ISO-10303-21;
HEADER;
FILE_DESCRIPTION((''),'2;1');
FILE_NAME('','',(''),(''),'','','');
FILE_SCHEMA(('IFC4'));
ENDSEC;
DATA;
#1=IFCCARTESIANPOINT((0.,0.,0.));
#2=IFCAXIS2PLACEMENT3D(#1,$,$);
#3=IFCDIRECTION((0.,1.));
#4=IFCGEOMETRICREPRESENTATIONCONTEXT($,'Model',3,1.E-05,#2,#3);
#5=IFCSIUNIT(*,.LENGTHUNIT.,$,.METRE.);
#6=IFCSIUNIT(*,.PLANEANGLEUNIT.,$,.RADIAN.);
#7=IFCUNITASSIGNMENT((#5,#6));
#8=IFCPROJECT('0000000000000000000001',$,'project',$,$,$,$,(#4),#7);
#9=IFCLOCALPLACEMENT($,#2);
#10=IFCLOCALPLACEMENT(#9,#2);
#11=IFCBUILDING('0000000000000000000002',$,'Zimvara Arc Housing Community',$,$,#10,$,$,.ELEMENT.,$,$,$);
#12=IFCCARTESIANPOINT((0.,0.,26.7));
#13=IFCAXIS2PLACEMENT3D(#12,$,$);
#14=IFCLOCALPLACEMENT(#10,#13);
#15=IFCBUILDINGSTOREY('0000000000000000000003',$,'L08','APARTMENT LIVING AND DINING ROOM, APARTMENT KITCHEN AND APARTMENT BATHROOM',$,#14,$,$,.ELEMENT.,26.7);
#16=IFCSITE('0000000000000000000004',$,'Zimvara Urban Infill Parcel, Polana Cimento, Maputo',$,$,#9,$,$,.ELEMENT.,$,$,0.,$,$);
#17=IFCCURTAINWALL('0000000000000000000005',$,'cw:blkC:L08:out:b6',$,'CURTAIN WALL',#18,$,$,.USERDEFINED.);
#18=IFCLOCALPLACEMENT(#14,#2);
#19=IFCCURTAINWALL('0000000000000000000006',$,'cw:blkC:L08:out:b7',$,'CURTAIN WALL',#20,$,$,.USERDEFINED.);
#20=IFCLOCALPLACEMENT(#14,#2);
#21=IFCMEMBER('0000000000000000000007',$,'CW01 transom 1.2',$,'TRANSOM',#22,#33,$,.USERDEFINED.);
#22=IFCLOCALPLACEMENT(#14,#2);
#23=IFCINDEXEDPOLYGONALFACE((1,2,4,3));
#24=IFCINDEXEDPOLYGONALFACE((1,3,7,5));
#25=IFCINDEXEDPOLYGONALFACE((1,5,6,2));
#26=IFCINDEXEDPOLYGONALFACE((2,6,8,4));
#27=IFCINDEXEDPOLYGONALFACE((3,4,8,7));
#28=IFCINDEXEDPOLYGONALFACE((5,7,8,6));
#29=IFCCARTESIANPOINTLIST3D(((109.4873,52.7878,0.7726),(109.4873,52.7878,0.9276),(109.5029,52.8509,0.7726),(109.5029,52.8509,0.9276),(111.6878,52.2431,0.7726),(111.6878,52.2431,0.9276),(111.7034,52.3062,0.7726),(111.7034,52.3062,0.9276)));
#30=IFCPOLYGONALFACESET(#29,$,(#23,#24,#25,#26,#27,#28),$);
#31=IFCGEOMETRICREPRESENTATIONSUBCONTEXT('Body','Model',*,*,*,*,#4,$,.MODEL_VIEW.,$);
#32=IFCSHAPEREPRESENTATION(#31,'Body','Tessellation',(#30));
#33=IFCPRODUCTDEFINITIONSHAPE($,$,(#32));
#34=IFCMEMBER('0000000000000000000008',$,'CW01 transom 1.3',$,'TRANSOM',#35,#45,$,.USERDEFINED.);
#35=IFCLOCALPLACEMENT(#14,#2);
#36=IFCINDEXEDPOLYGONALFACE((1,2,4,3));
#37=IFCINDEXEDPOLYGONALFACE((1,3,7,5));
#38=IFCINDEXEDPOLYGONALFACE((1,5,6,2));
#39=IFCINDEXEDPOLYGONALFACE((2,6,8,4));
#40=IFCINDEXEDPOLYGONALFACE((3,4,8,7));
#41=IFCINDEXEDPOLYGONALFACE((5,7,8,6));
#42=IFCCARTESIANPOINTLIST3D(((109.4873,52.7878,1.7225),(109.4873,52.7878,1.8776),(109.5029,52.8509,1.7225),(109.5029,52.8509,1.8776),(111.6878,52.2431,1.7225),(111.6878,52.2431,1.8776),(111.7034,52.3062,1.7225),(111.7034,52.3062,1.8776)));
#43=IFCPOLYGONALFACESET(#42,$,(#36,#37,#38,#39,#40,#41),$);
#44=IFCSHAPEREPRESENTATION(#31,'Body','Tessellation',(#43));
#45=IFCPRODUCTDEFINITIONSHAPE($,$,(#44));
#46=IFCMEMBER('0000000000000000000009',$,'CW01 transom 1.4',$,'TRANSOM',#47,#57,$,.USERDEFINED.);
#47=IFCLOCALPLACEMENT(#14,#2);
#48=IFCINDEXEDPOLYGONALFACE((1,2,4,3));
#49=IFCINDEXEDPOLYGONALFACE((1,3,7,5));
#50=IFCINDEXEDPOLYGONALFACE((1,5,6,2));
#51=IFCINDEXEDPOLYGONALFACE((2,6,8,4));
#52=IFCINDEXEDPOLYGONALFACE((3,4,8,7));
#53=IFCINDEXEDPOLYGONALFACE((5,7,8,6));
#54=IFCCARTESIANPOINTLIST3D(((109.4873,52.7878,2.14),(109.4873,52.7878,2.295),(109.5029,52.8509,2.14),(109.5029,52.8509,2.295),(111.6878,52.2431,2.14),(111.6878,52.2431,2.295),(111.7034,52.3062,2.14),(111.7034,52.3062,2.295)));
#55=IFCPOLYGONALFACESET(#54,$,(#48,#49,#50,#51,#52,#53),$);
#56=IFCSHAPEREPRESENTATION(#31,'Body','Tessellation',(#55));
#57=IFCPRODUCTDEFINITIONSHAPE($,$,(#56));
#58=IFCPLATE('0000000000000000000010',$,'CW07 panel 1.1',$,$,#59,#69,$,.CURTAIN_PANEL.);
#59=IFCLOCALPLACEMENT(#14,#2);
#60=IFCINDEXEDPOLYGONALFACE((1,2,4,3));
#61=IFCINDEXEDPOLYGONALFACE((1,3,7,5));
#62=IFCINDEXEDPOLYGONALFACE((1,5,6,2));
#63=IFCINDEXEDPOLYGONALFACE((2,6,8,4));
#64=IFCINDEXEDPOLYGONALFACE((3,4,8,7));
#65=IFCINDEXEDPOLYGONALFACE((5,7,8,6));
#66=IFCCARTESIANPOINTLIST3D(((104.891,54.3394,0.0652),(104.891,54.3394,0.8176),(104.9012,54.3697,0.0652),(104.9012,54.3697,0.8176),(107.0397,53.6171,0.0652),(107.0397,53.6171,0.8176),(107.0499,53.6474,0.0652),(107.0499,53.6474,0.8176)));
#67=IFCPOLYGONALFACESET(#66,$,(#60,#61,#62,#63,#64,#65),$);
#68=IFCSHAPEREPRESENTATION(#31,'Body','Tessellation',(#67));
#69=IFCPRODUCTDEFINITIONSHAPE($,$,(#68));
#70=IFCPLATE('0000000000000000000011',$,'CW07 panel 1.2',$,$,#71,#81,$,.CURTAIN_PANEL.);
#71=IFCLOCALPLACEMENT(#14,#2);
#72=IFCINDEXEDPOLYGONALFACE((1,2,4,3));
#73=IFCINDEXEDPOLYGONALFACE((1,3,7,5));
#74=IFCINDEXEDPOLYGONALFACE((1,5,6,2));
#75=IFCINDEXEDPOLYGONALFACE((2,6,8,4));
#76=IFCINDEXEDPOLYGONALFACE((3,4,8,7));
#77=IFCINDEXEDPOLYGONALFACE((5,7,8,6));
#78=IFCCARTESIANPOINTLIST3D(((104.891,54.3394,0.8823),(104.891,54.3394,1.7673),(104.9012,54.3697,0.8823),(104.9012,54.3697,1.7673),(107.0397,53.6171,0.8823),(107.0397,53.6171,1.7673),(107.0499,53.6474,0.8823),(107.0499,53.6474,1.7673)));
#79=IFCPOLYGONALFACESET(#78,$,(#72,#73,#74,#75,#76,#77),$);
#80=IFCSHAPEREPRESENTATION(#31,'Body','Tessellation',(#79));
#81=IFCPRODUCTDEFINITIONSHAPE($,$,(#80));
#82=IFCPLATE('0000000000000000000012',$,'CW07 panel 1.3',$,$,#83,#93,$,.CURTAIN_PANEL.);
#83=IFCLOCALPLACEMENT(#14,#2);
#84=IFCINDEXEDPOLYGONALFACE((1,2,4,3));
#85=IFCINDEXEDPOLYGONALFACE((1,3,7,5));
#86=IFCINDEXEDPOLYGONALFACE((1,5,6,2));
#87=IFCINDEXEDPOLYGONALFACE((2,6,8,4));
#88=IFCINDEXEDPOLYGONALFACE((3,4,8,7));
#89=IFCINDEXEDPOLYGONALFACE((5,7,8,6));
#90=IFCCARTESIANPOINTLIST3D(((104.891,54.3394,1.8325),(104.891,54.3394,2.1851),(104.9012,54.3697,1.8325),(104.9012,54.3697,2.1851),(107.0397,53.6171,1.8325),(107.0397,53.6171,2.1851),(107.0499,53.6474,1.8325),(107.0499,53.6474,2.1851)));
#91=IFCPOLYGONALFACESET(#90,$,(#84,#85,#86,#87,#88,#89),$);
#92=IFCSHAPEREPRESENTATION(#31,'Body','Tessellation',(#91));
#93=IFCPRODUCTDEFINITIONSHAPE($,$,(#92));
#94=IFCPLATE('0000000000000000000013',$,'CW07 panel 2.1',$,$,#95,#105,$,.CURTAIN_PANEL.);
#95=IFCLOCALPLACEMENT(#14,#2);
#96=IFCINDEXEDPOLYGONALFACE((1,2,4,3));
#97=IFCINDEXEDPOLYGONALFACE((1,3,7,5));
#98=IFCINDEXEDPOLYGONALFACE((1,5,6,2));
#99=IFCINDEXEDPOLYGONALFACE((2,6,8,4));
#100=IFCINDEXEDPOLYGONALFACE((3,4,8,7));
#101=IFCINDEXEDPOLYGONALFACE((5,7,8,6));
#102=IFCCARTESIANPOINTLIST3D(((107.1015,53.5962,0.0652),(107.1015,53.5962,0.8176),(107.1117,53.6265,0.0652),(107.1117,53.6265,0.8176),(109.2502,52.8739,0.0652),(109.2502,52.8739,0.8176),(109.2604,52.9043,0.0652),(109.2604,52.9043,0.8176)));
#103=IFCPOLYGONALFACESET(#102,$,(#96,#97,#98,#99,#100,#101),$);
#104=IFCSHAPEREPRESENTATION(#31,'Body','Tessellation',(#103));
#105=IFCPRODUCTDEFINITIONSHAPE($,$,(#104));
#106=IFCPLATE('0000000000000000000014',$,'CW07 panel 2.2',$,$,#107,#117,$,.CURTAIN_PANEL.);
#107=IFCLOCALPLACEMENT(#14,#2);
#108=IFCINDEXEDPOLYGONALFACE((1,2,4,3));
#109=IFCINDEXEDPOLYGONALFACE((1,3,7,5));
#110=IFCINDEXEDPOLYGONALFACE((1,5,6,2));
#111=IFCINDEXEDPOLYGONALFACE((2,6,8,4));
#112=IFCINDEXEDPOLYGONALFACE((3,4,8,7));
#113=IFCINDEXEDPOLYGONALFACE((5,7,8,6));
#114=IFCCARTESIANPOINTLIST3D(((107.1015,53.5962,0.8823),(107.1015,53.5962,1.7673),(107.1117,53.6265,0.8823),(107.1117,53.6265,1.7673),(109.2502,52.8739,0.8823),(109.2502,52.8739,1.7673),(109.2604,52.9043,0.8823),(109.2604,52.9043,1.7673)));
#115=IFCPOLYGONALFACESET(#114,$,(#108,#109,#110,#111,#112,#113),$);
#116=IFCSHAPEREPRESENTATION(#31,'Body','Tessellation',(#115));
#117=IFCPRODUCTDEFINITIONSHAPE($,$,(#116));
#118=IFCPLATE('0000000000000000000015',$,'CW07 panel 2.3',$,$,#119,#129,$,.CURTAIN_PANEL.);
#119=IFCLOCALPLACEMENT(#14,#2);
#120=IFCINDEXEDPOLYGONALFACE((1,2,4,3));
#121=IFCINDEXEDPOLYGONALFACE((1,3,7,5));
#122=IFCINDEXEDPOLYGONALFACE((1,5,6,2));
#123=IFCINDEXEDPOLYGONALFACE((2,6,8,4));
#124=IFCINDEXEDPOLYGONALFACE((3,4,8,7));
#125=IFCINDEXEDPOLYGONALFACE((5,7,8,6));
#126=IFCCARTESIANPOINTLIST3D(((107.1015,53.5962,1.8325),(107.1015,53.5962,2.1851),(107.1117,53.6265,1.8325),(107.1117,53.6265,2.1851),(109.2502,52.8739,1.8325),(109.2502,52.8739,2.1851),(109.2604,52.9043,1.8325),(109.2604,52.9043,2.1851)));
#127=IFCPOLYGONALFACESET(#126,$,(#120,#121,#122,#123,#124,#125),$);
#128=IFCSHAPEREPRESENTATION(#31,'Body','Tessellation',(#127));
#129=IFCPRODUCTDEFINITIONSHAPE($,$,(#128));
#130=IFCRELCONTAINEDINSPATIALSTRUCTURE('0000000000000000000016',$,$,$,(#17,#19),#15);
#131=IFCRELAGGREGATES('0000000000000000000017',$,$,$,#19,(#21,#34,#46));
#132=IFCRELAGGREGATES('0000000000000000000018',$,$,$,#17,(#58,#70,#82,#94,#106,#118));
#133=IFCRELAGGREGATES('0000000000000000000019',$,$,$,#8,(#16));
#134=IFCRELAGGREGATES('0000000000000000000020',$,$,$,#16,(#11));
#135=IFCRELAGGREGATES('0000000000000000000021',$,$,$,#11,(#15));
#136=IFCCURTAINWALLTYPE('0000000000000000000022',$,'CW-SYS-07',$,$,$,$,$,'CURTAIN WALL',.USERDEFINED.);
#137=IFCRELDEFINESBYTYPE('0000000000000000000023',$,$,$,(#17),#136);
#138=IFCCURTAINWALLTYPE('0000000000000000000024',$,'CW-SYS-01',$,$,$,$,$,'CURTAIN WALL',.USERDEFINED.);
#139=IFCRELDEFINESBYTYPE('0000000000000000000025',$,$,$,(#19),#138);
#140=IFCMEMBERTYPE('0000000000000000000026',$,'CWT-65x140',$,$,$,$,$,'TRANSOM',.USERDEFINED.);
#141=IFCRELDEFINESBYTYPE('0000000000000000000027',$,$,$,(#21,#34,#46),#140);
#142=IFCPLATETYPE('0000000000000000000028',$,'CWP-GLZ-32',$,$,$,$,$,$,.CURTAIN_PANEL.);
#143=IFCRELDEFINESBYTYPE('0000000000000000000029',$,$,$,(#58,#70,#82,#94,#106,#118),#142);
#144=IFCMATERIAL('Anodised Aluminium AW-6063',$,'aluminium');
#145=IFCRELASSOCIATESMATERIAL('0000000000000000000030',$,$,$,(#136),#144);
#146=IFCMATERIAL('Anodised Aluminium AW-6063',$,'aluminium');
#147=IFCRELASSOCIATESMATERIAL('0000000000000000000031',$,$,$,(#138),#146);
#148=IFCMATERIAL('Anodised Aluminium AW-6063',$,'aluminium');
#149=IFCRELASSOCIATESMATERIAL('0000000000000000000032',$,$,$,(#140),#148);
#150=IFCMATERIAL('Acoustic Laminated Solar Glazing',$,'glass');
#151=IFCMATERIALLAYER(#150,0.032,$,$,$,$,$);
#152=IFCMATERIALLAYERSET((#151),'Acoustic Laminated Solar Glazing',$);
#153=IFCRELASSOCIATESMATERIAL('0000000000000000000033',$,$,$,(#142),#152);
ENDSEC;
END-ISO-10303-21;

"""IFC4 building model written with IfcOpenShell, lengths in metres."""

from ifc_helpers import new_model, si_unit, direction, frame, origin, origin_2d, place, context, subcontext, project, spatial, rectangle, extrude, material, layer, layer_set, material_profile, profile_set, type_object, element, aggregate, save


model = new_model("IFC4")

# Units and contexts
model_context = context("Model", 3, precision=1e-05, world=origin(), true_north=direction((0.0, 1.0)))
body_context = subcontext(model_context, "Body", "Model", "MODEL_VIEW")
ifc_project = project(units=[si_unit("LENGTHUNIT", "METRE"), si_unit("PLANEANGLEUNIT", "RADIAN")], contexts=[model_context])

# Site, building, storey
site_placement = place(None, origin())
site = spatial("IfcSite", under=ifc_project, at=site_placement, Name="Zimvara Urban Infill Parcel, Polana Cimento, Maputo", CompositionType="ELEMENT", RefElevation=0.0)
building_placement = place(site_placement, origin())
building = spatial("IfcBuilding", under=site, at=building_placement, Name="Zimvara Arc Housing Community", CompositionType="ELEMENT")
storey_placement = place(building_placement, frame((0.0, 0.0, 26.7)))
storey = spatial("IfcBuildingStorey", under=building, at=storey_placement, Name="L08", Description="APARTMENT LIVING AND DINING ROOM, APARTMENT KITCHEN AND APARTMENT BATHROOM", CompositionType="ELEMENT", Elevation=26.7)

# Curtain wall
ifc_material_1 = material(Name="Anodised Aluminium AW-6063", Category="aluminium")
curtain_wall_type_1 = type_object("IfcCurtainWallType", Name="CW-SYS-07", ElementType="CURTAIN WALL", PredefinedType="USERDEFINED", material=ifc_material_1)
curtain_wall_1_placement = place(storey_placement, origin())
curtain_wall_1 = element("IfcCurtainWall", 1, at=curtain_wall_1_placement, inside=storey, type_object=curtain_wall_type_1, Name="cw:blkC:L08:out:b6", ObjectType="CURTAIN WALL", PredefinedType="USERDEFINED")

# Curtain wall
ifc_material_2 = material(Name="Anodised Aluminium AW-6063", Category="aluminium")
curtain_wall_type_2 = type_object("IfcCurtainWallType", Name="CW-SYS-01", ElementType="CURTAIN WALL", PredefinedType="USERDEFINED", material=ifc_material_2)
curtain_wall_2_placement = place(storey_placement, origin())
curtain_wall_2 = element("IfcCurtainWall", 2, at=curtain_wall_2_placement, inside=storey, type_object=curtain_wall_type_2, Name="cw:blkC:L08:out:b7", ObjectType="CURTAIN WALL", PredefinedType="USERDEFINED")

# Members
ifc_material_3 = material(Name="Anodised Aluminium AW-6063", Category="aluminium")
ifc_material_profile_1 = material_profile(ifc_material_3, rectangle(XDim=0.0649, YDim=0.155, at=origin_2d()), Name="ALU 65x155")
ifc_profile_set_1 = profile_set([ifc_material_profile_1], Name="Anodised Aluminium AW-6063")
member_type_1 = type_object("IfcMemberType", Name="CWT-65x140", ElementType="TRANSOM", PredefinedType="USERDEFINED", material=ifc_profile_set_1)
member_1_placement = place(storey_placement, frame((109.4951, 52.8193, 0.8501), z_axis=(0.970704, -0.24028, 0.0), x_axis=(0.24028, 0.970704, 0.0)))
member_1 = element("IfcMember", 3, at=member_1_placement, type_object=member_type_1, Name="CW01 transom 1.2", ObjectType="TRANSOM", PredefinedType="USERDEFINED", context=body_context, shape_type="SweptSolid", body=[
    extrude(rectangle(XDim=0.0649, YDim=0.155, at=origin_2d()), origin(), (0.0, 0.0, 1.0), 2.2668),
])
member_2_placement = place(storey_placement, frame((109.4951, 52.8193, 1.8), z_axis=(0.970704, -0.24028, 0.0), x_axis=(0.24028, 0.970704, 0.0)))
member_2 = element("IfcMember", 4, at=member_2_placement, type_object=member_type_1, Name="CW01 transom 1.3", ObjectType="TRANSOM", PredefinedType="USERDEFINED", context=body_context, shape_type="SweptSolid", body=[
    extrude(rectangle(XDim=0.0649, YDim=0.155, at=origin_2d()), origin(), (0.0, 0.0, 1.0), 2.2668),
])
member_3_placement = place(storey_placement, frame((109.4951, 52.8193, 2.2175), z_axis=(0.970704, -0.24028, 0.0), x_axis=(0.24028, 0.970704, 0.0)))
member_3 = element("IfcMember", 5, at=member_3_placement, type_object=member_type_1, Name="CW01 transom 1.4", ObjectType="TRANSOM", PredefinedType="USERDEFINED", context=body_context, shape_type="SweptSolid", body=[
    extrude(rectangle(XDim=0.0649, YDim=0.155, at=origin_2d()), origin(), (0.0, 0.0, 1.0), 2.2668),
])
aggregate(curtain_wall_2, [member_1, member_2, member_3])

# Plates
ifc_material_4 = material(Name="Acoustic Laminated Solar Glazing", Category="glass")
ifc_layer = layer(ifc_material_4, 0.032)
ifc_layer_set = layer_set([ifc_layer], Name="Acoustic Laminated Solar Glazing")
plate_type = type_object("IfcPlateType", Name="CWP-GLZ-32", PredefinedType="CURTAIN_PANEL", material=ifc_layer_set)
plate_1_placement = place(storey_placement, frame((105.9705, 53.9934, 0.0652), z_axis=(0.0, 0.0, 1.0), x_axis=(0.94788, -0.318629, 0.0)))
plate_1 = element("IfcPlate", 6, at=plate_1_placement, type_object=plate_type, Name="CW07 panel 1.1", PredefinedType="CURTAIN_PANEL", context=body_context, shape_type="SweptSolid", body=[
    extrude(rectangle(XDim=2.2668, YDim=0.032, at=origin_2d()), origin(), (0.0, 0.0, 1.0), 0.7524),
])
plate_2_placement = place(storey_placement, frame((105.9705, 53.9934, 0.8823), z_axis=(0.0, 0.0, 1.0), x_axis=(0.94788, -0.318629, 0.0)))
plate_2 = element("IfcPlate", 7, at=plate_2_placement, type_object=plate_type, Name="CW07 panel 1.2", PredefinedType="CURTAIN_PANEL", context=body_context, shape_type="SweptSolid", body=[
    extrude(rectangle(XDim=2.2668, YDim=0.032, at=origin_2d()), origin(), (0.0, 0.0, 1.0), 0.885),
])
plate_3_placement = place(storey_placement, frame((105.9705, 53.9934, 1.8325), z_axis=(0.0, 0.0, 1.0), x_axis=(0.94788, -0.318629, 0.0)))
plate_3 = element("IfcPlate", 8, at=plate_3_placement, type_object=plate_type, Name="CW07 panel 1.3", PredefinedType="CURTAIN_PANEL", context=body_context, shape_type="SweptSolid", body=[
    extrude(rectangle(XDim=2.2668, YDim=0.032, at=origin_2d()), origin(), (0.0, 0.0, 1.0), 0.3525),
])
plate_4_placement = place(storey_placement, frame((108.1809, 53.2502, 0.0652), z_axis=(0.0, 0.0, 1.0), x_axis=(0.94788, -0.318629, 0.0)))
plate_4 = element("IfcPlate", 9, at=plate_4_placement, type_object=plate_type, Name="CW07 panel 2.1", PredefinedType="CURTAIN_PANEL", context=body_context, shape_type="SweptSolid", body=[
    extrude(rectangle(XDim=2.2668, YDim=0.032, at=origin_2d()), origin(), (0.0, 0.0, 1.0), 0.7524),
])
plate_5_placement = place(storey_placement, frame((108.1809, 53.2502, 0.8823), z_axis=(0.0, 0.0, 1.0), x_axis=(0.94788, -0.318629, 0.0)))
plate_5 = element("IfcPlate", 10, at=plate_5_placement, type_object=plate_type, Name="CW07 panel 2.2", PredefinedType="CURTAIN_PANEL", context=body_context, shape_type="SweptSolid", body=[
    extrude(rectangle(XDim=2.2668, YDim=0.032, at=origin_2d()), origin(), (0.0, 0.0, 1.0), 0.885),
])
plate_6_placement = place(storey_placement, frame((108.1809, 53.2502, 1.8325), z_axis=(0.0, 0.0, 1.0), x_axis=(0.94788, -0.318629, 0.0)))
plate_6 = element("IfcPlate", 11, at=plate_6_placement, type_object=plate_type, Name="CW07 panel 2.3", PredefinedType="CURTAIN_PANEL", context=body_context, shape_type="SweptSolid", body=[
    extrude(rectangle(XDim=2.2668, YDim=0.032, at=origin_2d()), origin(), (0.0, 0.0, 1.0), 0.3525),
])
aggregate(curtain_wall_1, [plate_1, plate_2, plate_3, plate_4, plate_5, plate_6])

save(model, "model.ifc")
